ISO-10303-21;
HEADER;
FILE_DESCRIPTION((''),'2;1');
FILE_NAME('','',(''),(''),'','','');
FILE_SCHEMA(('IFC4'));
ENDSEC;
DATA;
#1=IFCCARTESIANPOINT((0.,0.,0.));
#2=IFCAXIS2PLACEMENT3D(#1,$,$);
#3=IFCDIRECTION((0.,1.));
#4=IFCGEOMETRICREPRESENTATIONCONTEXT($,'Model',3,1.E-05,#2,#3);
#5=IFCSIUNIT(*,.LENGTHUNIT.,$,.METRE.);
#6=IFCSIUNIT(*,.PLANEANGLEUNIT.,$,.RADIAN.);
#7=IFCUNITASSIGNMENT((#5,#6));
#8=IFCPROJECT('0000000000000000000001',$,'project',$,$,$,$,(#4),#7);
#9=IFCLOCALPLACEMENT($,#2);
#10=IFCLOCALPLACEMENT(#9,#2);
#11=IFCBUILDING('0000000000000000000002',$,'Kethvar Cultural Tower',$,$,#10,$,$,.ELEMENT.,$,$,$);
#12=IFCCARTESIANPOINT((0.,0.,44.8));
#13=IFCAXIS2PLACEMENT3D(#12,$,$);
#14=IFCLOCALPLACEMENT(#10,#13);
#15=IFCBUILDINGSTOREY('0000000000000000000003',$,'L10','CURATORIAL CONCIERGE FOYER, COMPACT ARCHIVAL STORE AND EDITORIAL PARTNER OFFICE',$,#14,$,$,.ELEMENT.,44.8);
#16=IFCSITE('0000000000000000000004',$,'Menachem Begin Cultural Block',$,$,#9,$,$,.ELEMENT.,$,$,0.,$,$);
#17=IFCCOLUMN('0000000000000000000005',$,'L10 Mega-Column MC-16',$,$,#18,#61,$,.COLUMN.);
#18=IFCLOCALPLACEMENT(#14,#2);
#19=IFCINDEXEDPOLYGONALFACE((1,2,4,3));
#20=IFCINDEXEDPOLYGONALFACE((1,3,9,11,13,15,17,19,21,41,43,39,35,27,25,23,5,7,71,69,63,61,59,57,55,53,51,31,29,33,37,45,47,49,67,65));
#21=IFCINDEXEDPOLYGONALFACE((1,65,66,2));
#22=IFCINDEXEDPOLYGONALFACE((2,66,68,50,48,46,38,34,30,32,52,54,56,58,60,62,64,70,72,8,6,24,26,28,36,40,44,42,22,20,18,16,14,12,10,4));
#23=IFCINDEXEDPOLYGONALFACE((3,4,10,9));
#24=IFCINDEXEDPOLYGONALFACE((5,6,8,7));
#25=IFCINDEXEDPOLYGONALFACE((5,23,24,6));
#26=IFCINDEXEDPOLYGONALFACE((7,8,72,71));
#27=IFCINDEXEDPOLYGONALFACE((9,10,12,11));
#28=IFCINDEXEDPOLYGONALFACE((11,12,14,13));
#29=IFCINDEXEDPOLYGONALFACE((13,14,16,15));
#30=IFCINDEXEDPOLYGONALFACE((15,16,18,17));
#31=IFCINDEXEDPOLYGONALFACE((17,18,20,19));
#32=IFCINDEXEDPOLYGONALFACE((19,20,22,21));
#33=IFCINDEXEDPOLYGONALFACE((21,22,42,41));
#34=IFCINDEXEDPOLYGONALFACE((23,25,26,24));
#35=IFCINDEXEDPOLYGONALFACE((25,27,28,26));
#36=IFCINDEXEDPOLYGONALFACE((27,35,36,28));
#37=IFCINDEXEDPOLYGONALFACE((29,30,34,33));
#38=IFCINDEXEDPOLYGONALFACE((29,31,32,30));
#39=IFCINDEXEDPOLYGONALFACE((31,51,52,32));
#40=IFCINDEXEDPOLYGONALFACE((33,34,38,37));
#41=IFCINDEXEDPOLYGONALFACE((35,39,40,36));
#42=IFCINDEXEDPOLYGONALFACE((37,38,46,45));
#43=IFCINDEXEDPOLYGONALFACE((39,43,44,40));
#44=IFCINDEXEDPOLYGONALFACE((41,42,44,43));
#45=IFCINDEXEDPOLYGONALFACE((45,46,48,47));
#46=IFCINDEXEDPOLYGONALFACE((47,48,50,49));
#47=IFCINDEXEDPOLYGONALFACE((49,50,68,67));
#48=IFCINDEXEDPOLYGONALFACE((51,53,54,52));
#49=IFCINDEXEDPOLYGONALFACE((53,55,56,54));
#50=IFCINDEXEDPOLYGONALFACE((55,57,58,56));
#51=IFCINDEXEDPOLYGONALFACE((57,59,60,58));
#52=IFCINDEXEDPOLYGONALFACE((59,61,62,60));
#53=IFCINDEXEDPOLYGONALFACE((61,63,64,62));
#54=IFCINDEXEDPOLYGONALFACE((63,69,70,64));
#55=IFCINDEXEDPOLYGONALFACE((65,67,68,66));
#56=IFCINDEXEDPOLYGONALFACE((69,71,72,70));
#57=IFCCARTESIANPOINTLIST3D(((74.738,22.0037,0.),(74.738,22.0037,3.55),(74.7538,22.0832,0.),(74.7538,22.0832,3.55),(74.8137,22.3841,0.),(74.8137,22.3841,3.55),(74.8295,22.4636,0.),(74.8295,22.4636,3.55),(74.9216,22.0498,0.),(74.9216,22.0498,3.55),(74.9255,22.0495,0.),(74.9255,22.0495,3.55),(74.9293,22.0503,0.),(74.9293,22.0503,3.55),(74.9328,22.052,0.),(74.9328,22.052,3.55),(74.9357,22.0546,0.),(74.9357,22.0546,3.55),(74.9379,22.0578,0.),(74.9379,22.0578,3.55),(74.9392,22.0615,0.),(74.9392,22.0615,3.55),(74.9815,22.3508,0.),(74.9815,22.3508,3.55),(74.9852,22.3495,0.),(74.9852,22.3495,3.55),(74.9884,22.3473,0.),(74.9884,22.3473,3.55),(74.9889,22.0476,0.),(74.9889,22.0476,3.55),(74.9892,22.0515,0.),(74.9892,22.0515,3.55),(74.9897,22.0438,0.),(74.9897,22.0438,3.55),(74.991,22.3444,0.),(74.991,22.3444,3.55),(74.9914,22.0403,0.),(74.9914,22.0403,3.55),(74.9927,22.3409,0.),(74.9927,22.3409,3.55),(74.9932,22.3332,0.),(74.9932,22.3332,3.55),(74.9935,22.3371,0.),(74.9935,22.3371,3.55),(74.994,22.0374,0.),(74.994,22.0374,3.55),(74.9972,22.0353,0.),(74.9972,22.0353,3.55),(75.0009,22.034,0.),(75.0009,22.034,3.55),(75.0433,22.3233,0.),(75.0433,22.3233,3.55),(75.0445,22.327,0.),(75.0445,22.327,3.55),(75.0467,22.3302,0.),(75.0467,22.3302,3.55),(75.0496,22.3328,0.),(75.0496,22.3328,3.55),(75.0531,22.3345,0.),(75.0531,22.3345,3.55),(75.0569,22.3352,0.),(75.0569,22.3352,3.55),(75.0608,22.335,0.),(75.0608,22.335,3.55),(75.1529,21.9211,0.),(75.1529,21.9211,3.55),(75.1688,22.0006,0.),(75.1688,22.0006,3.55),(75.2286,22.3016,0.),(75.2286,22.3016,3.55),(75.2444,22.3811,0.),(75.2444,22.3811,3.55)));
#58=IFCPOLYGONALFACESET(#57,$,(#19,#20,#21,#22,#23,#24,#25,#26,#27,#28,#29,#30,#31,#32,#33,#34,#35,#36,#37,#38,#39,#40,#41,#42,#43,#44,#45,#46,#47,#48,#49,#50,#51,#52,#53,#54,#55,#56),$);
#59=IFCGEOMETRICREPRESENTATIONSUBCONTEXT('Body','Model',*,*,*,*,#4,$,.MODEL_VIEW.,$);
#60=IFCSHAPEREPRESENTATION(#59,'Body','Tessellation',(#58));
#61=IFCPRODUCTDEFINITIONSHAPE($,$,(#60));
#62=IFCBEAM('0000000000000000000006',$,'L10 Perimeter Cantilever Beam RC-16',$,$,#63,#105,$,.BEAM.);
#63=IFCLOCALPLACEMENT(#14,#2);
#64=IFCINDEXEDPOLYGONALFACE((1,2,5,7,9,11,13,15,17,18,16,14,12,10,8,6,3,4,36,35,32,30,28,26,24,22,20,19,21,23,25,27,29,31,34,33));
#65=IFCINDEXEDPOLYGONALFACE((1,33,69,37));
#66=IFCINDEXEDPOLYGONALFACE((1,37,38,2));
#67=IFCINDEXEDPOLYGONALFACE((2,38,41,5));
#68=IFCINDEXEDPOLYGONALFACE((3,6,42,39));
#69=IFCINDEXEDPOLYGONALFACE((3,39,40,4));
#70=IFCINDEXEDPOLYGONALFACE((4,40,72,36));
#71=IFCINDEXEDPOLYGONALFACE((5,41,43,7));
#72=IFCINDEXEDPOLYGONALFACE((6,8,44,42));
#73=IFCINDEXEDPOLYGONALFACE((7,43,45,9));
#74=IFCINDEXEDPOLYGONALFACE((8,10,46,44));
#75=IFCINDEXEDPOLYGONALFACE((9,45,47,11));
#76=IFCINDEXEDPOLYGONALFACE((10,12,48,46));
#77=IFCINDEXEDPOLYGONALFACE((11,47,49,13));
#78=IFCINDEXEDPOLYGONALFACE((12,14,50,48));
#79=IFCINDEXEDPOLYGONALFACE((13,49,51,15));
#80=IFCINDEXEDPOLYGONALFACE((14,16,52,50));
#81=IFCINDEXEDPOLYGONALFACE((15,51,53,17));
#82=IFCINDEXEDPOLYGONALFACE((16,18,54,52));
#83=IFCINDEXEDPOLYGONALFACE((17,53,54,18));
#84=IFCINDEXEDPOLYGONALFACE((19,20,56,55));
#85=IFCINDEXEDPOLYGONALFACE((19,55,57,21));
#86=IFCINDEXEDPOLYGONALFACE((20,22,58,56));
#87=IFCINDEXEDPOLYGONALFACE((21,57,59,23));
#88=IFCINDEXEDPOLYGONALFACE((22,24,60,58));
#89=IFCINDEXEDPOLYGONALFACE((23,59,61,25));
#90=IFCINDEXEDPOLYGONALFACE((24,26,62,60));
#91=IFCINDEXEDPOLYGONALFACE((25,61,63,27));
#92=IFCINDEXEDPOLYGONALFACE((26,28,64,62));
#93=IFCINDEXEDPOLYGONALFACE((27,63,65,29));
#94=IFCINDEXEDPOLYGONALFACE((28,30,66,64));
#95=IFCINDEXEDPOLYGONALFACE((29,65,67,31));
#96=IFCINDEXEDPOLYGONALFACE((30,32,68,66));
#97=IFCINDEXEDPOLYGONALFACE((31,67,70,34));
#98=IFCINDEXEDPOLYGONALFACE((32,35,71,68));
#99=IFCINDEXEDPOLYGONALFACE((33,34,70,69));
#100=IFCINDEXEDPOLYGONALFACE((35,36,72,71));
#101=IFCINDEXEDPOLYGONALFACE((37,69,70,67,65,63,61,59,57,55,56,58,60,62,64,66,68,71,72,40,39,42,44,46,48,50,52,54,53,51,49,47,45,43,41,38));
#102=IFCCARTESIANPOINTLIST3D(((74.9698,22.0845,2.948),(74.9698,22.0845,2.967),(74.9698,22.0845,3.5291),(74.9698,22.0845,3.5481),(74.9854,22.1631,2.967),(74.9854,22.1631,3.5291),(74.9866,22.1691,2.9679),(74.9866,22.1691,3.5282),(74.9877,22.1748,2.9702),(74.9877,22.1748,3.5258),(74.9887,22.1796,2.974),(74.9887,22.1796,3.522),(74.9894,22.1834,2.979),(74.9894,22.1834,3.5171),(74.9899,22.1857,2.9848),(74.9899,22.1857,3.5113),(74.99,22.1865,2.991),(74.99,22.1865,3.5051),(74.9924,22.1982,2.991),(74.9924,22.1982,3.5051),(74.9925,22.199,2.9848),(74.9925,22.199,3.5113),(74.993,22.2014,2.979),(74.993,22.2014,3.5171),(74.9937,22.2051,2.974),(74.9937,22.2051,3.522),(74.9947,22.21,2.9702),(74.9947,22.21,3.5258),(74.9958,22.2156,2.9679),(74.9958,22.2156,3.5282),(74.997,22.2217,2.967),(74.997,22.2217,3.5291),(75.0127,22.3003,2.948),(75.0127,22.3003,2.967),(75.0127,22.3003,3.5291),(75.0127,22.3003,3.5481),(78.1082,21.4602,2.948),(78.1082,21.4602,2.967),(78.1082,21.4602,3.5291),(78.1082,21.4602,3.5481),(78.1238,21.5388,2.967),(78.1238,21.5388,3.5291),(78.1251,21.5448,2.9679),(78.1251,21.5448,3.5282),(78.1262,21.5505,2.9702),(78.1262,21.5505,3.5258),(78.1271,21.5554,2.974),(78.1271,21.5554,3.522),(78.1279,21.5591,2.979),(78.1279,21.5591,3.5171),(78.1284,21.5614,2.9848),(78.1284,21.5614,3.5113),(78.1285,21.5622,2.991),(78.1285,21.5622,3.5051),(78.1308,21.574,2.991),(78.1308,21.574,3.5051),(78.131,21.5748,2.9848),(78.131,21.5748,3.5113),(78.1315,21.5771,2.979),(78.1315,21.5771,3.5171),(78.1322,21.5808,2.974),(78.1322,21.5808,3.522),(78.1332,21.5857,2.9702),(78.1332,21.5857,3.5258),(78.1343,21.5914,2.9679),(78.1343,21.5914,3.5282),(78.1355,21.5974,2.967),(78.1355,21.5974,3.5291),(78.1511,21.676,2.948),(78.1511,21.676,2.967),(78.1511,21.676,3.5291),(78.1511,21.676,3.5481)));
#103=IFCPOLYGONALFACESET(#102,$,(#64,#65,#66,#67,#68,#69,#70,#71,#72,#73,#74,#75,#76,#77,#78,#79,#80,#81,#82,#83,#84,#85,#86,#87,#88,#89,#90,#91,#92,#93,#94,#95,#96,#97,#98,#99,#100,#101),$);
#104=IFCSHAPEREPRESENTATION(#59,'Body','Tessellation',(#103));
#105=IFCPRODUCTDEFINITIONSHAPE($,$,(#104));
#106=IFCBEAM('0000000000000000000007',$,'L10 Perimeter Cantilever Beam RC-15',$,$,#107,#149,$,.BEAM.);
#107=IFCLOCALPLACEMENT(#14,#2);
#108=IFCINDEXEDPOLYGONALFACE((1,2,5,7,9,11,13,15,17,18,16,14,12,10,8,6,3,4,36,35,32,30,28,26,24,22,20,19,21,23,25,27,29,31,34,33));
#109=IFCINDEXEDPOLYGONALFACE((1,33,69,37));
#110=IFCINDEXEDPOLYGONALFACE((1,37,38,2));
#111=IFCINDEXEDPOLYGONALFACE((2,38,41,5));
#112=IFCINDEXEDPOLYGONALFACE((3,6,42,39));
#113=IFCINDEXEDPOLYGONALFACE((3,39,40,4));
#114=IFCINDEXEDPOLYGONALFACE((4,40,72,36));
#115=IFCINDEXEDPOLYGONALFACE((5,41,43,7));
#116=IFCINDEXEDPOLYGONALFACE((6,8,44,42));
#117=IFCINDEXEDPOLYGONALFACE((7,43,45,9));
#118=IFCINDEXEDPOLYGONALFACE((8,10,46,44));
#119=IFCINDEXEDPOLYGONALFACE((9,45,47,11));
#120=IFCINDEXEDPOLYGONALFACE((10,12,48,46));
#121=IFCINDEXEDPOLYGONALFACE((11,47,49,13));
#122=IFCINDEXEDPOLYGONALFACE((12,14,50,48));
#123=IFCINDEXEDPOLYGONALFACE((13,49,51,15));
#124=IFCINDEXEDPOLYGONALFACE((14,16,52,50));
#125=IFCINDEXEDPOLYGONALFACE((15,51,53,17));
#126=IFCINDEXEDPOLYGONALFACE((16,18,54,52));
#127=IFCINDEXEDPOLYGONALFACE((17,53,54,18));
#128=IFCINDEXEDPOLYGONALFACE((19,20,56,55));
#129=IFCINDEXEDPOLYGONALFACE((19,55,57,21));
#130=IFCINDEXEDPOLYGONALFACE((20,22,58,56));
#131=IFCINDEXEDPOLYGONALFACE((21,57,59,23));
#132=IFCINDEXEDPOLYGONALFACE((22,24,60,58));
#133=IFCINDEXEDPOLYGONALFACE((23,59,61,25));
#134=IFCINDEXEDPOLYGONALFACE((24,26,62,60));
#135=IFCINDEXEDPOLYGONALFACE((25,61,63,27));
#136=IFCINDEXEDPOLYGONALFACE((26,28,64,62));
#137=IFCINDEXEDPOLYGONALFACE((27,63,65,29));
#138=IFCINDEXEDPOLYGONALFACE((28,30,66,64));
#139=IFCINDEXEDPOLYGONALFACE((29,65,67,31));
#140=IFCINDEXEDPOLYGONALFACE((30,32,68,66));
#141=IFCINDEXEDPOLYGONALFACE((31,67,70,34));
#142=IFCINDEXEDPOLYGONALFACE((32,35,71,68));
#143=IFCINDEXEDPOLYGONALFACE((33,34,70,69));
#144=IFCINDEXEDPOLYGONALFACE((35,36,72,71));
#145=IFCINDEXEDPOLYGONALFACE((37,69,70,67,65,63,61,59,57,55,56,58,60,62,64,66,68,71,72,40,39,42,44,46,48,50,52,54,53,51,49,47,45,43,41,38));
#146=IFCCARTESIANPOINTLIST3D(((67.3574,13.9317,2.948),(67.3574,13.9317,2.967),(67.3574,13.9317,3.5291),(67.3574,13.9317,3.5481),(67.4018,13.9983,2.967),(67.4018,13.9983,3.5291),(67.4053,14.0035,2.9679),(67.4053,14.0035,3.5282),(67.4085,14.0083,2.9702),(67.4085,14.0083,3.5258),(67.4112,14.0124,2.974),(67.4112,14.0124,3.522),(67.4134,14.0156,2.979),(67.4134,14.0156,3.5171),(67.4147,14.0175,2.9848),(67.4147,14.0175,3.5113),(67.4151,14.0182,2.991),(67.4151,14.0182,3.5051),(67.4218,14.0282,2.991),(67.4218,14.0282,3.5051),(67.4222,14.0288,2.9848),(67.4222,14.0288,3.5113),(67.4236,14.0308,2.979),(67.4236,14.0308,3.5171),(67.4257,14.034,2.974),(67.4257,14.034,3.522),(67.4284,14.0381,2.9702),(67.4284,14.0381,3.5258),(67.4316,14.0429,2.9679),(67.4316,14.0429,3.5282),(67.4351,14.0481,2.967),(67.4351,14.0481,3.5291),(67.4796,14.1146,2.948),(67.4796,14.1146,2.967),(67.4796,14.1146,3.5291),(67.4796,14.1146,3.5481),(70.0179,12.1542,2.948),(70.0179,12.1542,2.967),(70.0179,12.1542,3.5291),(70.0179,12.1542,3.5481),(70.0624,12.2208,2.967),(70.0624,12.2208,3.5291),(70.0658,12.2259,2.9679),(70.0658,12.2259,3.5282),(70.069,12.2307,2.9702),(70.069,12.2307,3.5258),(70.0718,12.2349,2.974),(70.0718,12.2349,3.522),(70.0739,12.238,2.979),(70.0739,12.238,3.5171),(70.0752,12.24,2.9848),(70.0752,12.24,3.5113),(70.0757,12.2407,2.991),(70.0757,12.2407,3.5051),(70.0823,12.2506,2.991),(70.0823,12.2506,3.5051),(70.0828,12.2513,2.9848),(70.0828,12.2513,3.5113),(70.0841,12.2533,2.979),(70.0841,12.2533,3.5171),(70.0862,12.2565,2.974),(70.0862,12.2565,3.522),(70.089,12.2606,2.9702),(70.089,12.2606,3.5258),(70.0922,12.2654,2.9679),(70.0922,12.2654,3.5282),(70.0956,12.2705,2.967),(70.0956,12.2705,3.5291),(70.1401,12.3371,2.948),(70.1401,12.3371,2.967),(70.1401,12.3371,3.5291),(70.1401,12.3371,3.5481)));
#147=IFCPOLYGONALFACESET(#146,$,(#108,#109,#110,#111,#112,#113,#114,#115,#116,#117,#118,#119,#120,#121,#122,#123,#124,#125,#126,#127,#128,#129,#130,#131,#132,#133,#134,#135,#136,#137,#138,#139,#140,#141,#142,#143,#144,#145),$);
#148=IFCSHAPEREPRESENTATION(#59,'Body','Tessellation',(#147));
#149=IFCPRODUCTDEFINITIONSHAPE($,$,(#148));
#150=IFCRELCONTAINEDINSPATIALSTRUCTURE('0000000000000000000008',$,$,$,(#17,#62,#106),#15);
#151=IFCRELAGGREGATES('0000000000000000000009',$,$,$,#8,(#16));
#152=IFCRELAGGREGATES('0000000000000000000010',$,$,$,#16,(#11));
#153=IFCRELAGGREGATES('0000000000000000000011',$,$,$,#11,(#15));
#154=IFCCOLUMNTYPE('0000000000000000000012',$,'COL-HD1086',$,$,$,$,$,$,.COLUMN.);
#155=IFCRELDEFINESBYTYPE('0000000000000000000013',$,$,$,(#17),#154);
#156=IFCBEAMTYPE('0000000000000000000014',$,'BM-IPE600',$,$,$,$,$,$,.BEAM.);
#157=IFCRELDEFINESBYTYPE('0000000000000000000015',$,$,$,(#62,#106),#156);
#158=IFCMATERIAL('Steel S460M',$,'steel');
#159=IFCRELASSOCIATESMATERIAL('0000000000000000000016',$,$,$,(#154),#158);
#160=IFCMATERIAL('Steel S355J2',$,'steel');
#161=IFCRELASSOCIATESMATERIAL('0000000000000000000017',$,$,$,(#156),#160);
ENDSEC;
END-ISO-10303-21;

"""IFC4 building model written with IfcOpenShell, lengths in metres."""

from ifc_helpers import new_model, si_unit, direction, frame, origin, origin_2d, place, context, subcontext, project, spatial, i_section, extrude, source, transform, mapped, material, material_profile, profile_set, type_object, element, save


model = new_model("IFC4")

# Units and contexts
model_context = context("Model", 3, precision=1e-05, world=origin(), true_north=direction((0.0, 1.0)))
body_context = subcontext(model_context, "Body", "Model", "MODEL_VIEW")
ifc_project = project(units=[si_unit("LENGTHUNIT", "METRE"), si_unit("PLANEANGLEUNIT", "RADIAN")], contexts=[model_context])

# Site, building, storey
site_placement = place(None, origin())
site = spatial("IfcSite", under=ifc_project, at=site_placement, Name="Menachem Begin Cultural Block", CompositionType="ELEMENT", RefElevation=0.0)
building_placement = place(site_placement, origin())
building = spatial("IfcBuilding", under=site, at=building_placement, Name="Kethvar Cultural Tower", CompositionType="ELEMENT")
storey_placement = place(building_placement, frame((0.0, 0.0, 44.8)))
storey = spatial("IfcBuildingStorey", under=building, at=storey_placement, Name="L10", Description="CURATORIAL CONCIERGE FOYER, COMPACT ARCHIVAL STORE AND EDITORIAL PARTNER OFFICE", CompositionType="ELEMENT", Elevation=44.8)

# Column
ifc_material_1 = material(Name="Steel S460M", Category="steel")
ifc_material_profile_1 = material_profile(ifc_material_1, i_section(OverallWidth=0.4231, OverallDepth=0.469, WebThickness=0.051, FlangeThickness=0.0811, FilletRadius=0.0149, at=origin_2d()), Name="Steel S460M — HD400x1086")
ifc_profile_set_1 = profile_set([ifc_material_profile_1], Name="Steel S460M — HD400x1086")
column_type = type_object("IfcColumnType", Name="COL-HD1086", PredefinedType="COLUMN", material=ifc_profile_set_1)
shared_shape_1 = source(origin(), body_context, "Body", "SweptSolid", [
    extrude(i_section(OverallWidth=0.4231, OverallDepth=0.469, WebThickness=0.051, FlangeThickness=0.0811, FilletRadius=0.0149, at=origin_2d()), origin(), (0.0, 0.0, 1.0), 3.55),
])
column_placement = place(storey_placement, frame((74.9912, 22.1924, 0.0), z_axis=(0.0, 0.0, 1.0), x_axis=(0.980785, -0.19509, 0.0)))
element("IfcColumn", 1, at=column_placement, inside=storey, type_object=column_type, Name="L10 Mega-Column MC-16", PredefinedType="COLUMN", context=body_context, shape_type="MappedRepresentation", body=[
    mapped(shared_shape_1, transform((0.0, 0.0, 0.0), scale=1.0)),
])

# Beams
ifc_material_2 = material(Name="Steel S355J2", Category="steel")
ifc_material_profile_2 = material_profile(ifc_material_2, i_section(OverallWidth=0.22, OverallDepth=0.6001, WebThickness=0.012, FlangeThickness=0.019, FilletRadius=0.0239, at=origin_2d()), Name="Steel S355J2 — IPE600")
ifc_profile_set_2 = profile_set([ifc_material_profile_2], Name="Steel S355J2 — IPE600")
beam_type_1 = type_object("IfcBeamType", Name="BM-IPE600", PredefinedType="BEAM", material=ifc_profile_set_2)
shared_shape_2 = source(origin(), body_context, "Body", "SweptSolid", [
    extrude(i_section(OverallWidth=0.22, OverallDepth=0.6001, WebThickness=0.012, FlangeThickness=0.019, FilletRadius=0.0239, at=origin_2d()), origin(), (0.0, 0.0, 1.0), 3.2),
])
beam_1_placement = place(storey_placement, frame((74.9912, 22.1924, 3.248), z_axis=(0.980786, -0.195089, 0.0), x_axis=(0.195089, 0.980786, 0.0)))
element("IfcBeam", 2, at=beam_1_placement, inside=storey, type_object=beam_type_1, Name="L10 Perimeter Cantilever Beam RC-16", PredefinedType="BEAM", context=body_context, shape_type="MappedRepresentation", body=[
    mapped(shared_shape_2, transform((0.0, 0.0, 0.0), scale=1.0)),
])
shared_shape_3 = source(origin(), body_context, "Body", "SweptSolid", [
    extrude(i_section(OverallWidth=0.22, OverallDepth=0.6001, WebThickness=0.012, FlangeThickness=0.019, FilletRadius=0.0239, at=origin_2d()), origin(), (0.0, 0.0, 1.0), 3.1997),
])
beam_2_placement = place(storey_placement, frame((67.4185, 14.0232, 3.248), z_axis=(0.831498, -0.555527, 0.0), x_axis=(0.555527, 0.831498, 0.0)))
element("IfcBeam", 3, at=beam_2_placement, inside=storey, type_object=beam_type_1, Name="L10 Perimeter Cantilever Beam RC-15", PredefinedType="BEAM", context=body_context, shape_type="MappedRepresentation", body=[
    mapped(shared_shape_3, transform((0.0, 0.0, 0.0), scale=1.0)),
])

save(model, "model.ifc")
